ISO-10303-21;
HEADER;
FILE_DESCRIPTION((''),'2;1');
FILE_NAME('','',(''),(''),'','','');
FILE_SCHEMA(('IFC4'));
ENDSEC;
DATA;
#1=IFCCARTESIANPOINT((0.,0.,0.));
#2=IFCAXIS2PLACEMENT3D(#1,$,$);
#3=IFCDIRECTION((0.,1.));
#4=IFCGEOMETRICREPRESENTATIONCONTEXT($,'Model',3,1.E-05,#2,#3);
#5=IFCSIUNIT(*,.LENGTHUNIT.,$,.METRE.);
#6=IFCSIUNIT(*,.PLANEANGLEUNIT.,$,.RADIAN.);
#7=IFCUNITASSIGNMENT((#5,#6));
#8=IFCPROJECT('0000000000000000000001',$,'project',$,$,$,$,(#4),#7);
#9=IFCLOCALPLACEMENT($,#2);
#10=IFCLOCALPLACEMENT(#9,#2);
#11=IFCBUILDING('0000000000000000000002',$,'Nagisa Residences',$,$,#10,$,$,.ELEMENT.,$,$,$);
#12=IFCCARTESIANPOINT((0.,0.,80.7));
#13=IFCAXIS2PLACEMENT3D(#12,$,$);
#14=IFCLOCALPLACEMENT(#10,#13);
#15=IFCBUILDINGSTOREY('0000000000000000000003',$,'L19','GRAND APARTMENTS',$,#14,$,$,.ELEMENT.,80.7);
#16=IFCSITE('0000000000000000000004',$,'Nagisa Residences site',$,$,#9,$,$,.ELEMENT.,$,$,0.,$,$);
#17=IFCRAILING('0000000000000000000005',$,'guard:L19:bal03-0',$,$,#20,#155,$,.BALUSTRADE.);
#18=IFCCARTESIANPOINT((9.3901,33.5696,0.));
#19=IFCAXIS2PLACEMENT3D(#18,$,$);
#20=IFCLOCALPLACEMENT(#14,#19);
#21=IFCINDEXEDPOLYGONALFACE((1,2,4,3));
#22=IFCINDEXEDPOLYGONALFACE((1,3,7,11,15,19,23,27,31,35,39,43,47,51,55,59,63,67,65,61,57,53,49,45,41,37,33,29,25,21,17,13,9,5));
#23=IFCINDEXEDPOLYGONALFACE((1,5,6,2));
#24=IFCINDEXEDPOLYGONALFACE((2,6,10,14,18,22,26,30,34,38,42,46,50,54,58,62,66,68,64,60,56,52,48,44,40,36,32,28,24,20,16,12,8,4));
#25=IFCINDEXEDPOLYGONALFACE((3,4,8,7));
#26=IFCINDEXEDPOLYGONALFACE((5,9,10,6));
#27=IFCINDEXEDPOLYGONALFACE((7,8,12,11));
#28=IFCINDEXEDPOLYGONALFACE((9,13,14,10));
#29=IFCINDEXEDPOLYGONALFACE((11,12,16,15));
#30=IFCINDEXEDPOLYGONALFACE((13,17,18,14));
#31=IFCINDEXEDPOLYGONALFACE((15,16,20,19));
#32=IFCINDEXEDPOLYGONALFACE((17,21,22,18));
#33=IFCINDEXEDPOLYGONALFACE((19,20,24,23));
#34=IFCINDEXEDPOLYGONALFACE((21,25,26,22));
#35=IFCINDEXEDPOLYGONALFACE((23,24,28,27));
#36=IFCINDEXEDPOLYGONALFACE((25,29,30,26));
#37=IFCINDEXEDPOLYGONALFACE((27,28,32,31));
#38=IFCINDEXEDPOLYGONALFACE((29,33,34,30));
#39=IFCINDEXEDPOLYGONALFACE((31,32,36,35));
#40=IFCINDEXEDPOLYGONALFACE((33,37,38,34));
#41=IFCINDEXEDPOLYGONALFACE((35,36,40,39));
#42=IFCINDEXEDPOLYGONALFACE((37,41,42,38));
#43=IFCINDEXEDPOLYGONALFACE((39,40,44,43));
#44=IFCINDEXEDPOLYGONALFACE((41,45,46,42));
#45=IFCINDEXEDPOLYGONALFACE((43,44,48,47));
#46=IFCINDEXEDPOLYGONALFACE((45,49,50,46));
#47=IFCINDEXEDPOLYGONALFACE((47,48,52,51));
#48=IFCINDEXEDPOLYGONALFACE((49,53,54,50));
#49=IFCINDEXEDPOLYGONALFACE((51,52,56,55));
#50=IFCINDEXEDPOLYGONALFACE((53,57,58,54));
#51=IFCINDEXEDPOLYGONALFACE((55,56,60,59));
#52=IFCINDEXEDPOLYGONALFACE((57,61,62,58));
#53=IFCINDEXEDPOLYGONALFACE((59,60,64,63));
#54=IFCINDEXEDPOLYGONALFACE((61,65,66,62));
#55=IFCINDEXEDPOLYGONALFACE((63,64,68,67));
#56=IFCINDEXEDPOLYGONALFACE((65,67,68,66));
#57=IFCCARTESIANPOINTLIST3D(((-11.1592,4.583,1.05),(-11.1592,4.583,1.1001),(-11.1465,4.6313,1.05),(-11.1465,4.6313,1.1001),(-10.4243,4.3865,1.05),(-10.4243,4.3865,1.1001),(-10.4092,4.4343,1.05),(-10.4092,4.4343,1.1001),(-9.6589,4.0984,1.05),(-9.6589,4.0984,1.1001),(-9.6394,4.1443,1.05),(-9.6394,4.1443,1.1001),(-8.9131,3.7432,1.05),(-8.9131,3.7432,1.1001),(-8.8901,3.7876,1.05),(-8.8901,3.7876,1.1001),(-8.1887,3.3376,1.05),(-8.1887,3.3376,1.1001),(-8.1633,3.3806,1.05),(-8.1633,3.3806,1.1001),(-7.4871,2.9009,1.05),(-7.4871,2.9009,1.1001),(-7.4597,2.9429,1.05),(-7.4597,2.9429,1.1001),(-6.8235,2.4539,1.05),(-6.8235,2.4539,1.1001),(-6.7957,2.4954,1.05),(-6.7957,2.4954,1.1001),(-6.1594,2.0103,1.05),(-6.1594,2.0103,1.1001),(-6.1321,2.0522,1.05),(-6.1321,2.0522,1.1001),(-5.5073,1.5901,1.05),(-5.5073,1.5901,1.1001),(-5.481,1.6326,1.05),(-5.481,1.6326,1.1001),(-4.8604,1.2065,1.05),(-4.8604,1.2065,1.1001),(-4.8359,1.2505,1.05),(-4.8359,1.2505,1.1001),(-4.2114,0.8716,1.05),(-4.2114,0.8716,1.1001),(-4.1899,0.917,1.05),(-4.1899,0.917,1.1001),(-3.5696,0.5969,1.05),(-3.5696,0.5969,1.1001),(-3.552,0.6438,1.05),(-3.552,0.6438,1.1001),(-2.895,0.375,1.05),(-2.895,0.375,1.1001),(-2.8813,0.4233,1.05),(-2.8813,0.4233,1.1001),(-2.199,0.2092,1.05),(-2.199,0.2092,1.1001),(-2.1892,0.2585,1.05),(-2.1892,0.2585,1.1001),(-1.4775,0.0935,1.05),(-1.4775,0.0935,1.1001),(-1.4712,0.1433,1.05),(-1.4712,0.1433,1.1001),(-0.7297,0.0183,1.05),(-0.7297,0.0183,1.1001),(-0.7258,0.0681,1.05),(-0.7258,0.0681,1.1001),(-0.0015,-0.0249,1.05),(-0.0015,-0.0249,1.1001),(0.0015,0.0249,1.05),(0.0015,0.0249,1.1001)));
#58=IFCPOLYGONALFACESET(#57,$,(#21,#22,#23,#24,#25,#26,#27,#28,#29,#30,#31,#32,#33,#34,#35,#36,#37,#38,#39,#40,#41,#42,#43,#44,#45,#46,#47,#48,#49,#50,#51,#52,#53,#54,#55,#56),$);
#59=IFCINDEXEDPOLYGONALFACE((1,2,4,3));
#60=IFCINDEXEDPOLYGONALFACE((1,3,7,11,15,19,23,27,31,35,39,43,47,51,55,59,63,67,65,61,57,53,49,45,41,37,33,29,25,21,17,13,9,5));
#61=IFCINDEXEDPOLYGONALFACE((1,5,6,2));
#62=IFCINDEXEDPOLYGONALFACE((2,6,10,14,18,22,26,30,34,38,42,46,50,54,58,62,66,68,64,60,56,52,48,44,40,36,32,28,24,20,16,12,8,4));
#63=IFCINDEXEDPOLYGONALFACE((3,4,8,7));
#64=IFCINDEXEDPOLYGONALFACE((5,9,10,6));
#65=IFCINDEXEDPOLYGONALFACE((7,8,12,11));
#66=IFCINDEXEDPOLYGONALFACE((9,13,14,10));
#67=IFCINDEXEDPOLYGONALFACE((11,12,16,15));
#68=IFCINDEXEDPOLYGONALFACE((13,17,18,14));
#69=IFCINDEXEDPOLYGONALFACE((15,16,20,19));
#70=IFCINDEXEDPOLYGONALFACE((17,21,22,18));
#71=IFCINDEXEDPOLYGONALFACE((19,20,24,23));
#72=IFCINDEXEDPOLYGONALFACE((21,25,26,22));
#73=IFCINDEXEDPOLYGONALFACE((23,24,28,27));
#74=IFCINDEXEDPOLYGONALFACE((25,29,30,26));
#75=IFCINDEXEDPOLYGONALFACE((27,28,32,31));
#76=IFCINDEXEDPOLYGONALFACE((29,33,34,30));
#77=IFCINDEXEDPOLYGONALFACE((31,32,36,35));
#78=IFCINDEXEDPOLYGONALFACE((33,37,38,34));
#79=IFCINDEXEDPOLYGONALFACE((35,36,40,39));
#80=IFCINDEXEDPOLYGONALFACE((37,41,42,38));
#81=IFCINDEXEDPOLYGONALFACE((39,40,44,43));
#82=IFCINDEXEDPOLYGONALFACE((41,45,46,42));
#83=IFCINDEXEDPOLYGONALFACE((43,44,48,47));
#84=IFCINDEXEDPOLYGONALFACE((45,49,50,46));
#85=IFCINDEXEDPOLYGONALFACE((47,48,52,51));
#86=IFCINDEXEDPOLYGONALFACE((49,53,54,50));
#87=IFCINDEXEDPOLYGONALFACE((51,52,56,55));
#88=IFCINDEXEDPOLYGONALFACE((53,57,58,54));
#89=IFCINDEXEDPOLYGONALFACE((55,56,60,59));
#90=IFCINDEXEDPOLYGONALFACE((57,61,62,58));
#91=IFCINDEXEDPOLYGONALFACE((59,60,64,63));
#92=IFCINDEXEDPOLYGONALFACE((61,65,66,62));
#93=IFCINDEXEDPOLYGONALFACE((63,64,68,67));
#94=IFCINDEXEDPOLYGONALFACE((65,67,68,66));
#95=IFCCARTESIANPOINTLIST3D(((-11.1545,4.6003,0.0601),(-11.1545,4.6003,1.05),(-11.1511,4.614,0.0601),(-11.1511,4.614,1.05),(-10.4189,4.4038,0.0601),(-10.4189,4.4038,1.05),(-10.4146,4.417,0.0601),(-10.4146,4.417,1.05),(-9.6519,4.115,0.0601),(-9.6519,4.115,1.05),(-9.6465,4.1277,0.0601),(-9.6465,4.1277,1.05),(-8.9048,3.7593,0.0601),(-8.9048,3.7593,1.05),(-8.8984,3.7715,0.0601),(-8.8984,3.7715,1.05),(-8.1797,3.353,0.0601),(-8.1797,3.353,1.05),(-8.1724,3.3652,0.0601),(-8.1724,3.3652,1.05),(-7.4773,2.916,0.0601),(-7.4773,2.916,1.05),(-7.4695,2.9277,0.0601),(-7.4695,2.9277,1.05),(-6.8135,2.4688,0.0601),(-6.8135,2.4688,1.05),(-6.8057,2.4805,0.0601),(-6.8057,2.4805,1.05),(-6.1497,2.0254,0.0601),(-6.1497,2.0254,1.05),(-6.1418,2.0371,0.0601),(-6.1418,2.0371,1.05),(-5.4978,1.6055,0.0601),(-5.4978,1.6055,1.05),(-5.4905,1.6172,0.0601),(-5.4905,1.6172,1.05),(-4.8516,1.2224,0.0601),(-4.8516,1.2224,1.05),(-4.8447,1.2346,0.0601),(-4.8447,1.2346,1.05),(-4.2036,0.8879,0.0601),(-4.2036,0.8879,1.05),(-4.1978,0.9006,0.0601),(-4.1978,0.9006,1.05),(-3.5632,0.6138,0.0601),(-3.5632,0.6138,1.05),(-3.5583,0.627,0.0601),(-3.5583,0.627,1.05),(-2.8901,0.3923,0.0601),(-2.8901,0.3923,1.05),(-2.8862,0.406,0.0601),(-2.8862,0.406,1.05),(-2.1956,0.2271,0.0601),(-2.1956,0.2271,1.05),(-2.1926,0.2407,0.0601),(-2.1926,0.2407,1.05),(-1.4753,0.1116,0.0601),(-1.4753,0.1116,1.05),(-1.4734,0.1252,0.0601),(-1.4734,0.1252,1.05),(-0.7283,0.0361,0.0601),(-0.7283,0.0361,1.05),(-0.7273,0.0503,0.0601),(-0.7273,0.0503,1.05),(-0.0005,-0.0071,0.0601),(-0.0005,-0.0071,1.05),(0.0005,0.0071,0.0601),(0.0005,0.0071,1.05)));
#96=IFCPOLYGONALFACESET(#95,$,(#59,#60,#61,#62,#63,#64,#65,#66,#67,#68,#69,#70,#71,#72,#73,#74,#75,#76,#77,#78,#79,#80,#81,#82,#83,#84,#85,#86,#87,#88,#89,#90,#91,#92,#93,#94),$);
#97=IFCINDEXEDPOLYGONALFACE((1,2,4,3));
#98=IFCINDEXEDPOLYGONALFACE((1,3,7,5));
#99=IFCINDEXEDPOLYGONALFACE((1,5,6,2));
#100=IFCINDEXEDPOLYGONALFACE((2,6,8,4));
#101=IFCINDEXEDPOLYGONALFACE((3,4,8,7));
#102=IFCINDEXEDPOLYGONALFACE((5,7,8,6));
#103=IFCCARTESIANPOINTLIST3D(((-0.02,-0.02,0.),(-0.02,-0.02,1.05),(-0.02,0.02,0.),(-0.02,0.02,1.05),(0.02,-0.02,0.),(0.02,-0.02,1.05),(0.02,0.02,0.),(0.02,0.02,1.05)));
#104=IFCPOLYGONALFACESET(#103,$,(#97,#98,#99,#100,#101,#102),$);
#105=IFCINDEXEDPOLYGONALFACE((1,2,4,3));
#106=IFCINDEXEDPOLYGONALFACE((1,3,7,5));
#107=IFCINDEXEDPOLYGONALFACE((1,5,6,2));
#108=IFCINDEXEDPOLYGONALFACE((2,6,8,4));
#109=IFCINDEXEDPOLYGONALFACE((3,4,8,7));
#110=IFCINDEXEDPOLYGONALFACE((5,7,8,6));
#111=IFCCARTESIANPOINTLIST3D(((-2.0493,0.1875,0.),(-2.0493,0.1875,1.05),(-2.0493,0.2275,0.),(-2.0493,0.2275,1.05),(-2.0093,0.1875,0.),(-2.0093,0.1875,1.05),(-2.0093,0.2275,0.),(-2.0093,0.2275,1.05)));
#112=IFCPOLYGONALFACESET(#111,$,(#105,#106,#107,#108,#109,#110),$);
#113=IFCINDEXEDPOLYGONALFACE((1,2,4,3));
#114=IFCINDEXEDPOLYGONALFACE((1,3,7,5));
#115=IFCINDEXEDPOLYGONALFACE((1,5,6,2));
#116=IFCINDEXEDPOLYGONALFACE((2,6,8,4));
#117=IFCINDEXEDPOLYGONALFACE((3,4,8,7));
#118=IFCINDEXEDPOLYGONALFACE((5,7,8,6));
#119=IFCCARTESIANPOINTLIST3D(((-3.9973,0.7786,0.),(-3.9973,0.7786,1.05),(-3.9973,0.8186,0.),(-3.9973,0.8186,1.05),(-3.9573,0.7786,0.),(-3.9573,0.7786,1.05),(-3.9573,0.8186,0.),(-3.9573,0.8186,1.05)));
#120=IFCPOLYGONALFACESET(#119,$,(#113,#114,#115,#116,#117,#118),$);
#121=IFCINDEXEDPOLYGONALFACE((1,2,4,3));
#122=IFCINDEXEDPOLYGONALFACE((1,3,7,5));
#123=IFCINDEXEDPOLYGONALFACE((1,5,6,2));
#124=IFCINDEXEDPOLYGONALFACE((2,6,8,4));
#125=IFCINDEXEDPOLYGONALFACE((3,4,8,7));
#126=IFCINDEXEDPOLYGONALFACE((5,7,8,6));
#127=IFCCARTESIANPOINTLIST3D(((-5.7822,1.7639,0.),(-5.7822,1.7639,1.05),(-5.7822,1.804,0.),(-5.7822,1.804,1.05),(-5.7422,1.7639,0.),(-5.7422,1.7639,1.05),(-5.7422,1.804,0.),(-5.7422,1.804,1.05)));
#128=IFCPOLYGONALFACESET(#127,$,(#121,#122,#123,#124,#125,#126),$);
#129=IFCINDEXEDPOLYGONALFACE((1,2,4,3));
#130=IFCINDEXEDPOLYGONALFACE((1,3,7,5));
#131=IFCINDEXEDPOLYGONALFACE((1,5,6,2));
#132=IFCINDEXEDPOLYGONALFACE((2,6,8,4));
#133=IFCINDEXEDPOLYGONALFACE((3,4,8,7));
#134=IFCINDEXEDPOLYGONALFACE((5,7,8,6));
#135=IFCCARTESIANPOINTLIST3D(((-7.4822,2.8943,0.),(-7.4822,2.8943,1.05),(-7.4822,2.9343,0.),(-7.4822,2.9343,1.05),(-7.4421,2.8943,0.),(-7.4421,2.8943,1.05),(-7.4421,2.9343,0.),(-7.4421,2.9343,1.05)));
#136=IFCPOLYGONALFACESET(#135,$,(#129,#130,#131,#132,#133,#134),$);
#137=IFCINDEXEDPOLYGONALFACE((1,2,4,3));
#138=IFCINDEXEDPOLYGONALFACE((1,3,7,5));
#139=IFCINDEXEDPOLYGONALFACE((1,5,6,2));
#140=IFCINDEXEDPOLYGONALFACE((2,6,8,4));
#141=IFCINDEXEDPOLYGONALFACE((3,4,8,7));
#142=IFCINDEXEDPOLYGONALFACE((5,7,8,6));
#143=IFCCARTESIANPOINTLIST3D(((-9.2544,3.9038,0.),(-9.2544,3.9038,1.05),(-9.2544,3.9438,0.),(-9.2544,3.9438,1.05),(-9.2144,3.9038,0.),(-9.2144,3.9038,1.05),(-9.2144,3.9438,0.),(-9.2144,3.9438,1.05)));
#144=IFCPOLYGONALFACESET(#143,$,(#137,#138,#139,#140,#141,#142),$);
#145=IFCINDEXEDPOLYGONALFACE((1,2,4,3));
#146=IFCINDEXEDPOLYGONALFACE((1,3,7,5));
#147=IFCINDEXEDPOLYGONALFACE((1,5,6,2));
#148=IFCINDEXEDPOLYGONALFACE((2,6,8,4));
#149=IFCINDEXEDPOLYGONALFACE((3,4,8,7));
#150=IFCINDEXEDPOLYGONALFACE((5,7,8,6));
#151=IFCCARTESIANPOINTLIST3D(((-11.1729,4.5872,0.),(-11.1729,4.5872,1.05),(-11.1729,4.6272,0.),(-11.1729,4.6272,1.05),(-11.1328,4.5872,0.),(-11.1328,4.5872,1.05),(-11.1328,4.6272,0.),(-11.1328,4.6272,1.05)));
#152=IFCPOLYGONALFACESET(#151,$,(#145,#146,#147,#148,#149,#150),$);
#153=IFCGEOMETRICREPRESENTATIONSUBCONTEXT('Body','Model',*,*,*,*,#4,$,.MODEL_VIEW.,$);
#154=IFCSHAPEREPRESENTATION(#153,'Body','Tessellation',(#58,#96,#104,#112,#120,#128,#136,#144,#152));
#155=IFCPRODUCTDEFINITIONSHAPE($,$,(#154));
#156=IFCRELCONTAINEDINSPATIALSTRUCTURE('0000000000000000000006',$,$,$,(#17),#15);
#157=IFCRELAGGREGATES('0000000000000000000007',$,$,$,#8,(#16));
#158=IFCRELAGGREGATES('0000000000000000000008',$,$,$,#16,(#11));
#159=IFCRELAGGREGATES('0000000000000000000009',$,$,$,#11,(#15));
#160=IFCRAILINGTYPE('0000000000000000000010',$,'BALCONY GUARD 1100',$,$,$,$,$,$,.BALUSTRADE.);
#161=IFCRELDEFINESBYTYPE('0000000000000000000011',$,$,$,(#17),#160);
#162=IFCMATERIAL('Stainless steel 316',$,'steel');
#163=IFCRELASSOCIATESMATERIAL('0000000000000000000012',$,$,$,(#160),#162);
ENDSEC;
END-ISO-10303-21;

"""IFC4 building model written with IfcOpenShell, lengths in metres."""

from ifc_helpers import new_model, si_unit, direction, frame, origin, origin_2d, place, context, subcontext, project, spatial, polyline, rectangle, outline, extrude, material, type_object, element, save


model = new_model("IFC4")

# Units and contexts
model_context = context("Model", 3, precision=1e-05, world=origin(), true_north=direction((0.0, 1.0)))
body_context = subcontext(model_context, "Body", "Model", "MODEL_VIEW")
ifc_project = project(units=[si_unit("LENGTHUNIT", "METRE"), si_unit("PLANEANGLEUNIT", "RADIAN")], contexts=[model_context])

# Site, building, storey
site_placement = place(None, origin())
site = spatial("IfcSite", under=ifc_project, at=site_placement, Name="Nagisa Residences site", CompositionType="ELEMENT", RefElevation=0.0)
building_placement = place(site_placement, origin())
building = spatial("IfcBuilding", under=site, at=building_placement, Name="Nagisa Residences", CompositionType="ELEMENT")
storey_placement = place(building_placement, frame((0.0, 0.0, 80.7)))
storey = spatial("IfcBuildingStorey", under=building, at=storey_placement, Name="L19", Description="GRAND APARTMENTS", CompositionType="ELEMENT", Elevation=80.7)

# Railing
ifc_material_1 = material(Name="Stainless steel 316", Category="steel")
railing_type = type_object("IfcRailingType", Name="BALCONY GUARD 1100", PredefinedType="BALUSTRADE", material=ifc_material_1)
railing_placement = place(storey_placement, frame((9.3901, 33.5696, 0.0)))
element("IfcRailing", 1, at=railing_placement, inside=storey, type_object=railing_type, Name="guard:L19:bal03-0", PredefinedType="BALUSTRADE", context=body_context, shape_type="SweptSolid", body=[
    extrude(outline(polyline([(-0.7297, 0.0183), (-0.0015, -0.0249), (0.0015, 0.0249), (-0.7258, 0.0681), (-1.4712, 0.1433), (-2.1892, 0.2585), (-2.8813, 0.4233), (-3.552, 0.6438), (-4.1899, 0.917), (-4.8359, 1.2505), (-5.481, 1.6326), (-6.1321, 2.0522), (-6.7957, 2.4954), (-7.4597, 2.9429), (-8.1633, 3.3806), (-8.8901, 3.7876), (-9.6394, 4.1443), (-10.4092, 4.4343), (-11.1465, 4.6313), (-11.1592, 4.583), (-10.4243, 4.3865), (-9.6589, 4.0984), (-8.9131, 3.7432), (-8.1887, 3.3376), (-7.4871, 2.9009), (-6.8235, 2.4539), (-6.1594, 2.0103), (-5.5073, 1.5901), (-4.8604, 1.2065), (-4.2114, 0.8716), (-3.5696, 0.5969), (-2.895, 0.375), (-2.199, 0.2092), (-1.4775, 0.0935), (-0.7297, 0.0183)])), frame((0.0, 0.0, 1.05)), (0.0, 0.0, 1.0), 0.05),
    extrude(outline(polyline([(-0.7283, 0.0361), (-0.0005, -0.0071), (0.0005, 0.0071), (-0.7273, 0.0503), (-1.4734, 0.1252), (-2.1926, 0.2407), (-2.8862, 0.406), (-3.5583, 0.627), (-4.1978, 0.9006), (-4.8447, 1.2346), (-5.4905, 1.6172), (-6.1418, 2.0371), (-6.8057, 2.4805), (-7.4695, 2.9277), (-8.1724, 3.3652), (-8.8984, 3.7715), (-9.6465, 4.1277), (-10.4146, 4.417), (-11.1511, 4.614), (-11.1545, 4.6003), (-10.4189, 4.4038), (-9.6519, 4.115), (-8.9048, 3.7593), (-8.1797, 3.353), (-7.4773, 2.916), (-6.8135, 2.4688), (-6.1497, 2.0254), (-5.4978, 1.6055), (-4.8516, 1.2224), (-4.2036, 0.8879), (-3.5632, 0.6138), (-2.8901, 0.3923), (-2.1956, 0.2271), (-1.4753, 0.1116), (-0.7283, 0.0361)])), frame((0.0, 0.0, 0.0601)), (0.0, 0.0, 1.0), 0.99),
    extrude(rectangle(XDim=0.04, YDim=0.04, at=origin_2d()), origin(), (0.0, 0.0, 1.0), 1.05),
    extrude(rectangle(XDim=0.04, YDim=0.04, at=origin_2d()), frame((-2.0293, 0.2075, 0.0)), (0.0, 0.0, 1.0), 1.05),
    extrude(rectangle(XDim=0.04, YDim=0.04, at=origin_2d()), frame((-3.9773, 0.7986, 0.0)), (0.0, 0.0, 1.0), 1.05),
    extrude(rectangle(XDim=0.04, YDim=0.04, at=origin_2d()), frame((-5.7622, 1.7839, 0.0)), (0.0, 0.0, 1.0), 1.05),
    extrude(rectangle(XDim=0.04, YDim=0.04, at=origin_2d()), frame((-7.4622, 2.9143, 0.0)), (0.0, 0.0, 1.0), 1.05),
    extrude(rectangle(XDim=0.04, YDim=0.04, at=origin_2d()), frame((-9.2344, 3.9238, 0.0)), (0.0, 0.0, 1.0), 1.05),
    extrude(rectangle(XDim=0.04, YDim=0.04, at=origin_2d()), frame((-11.1528, 4.6072, 0.0)), (0.0, 0.0, 1.0), 1.05),
])

save(model, "model.ifc")
